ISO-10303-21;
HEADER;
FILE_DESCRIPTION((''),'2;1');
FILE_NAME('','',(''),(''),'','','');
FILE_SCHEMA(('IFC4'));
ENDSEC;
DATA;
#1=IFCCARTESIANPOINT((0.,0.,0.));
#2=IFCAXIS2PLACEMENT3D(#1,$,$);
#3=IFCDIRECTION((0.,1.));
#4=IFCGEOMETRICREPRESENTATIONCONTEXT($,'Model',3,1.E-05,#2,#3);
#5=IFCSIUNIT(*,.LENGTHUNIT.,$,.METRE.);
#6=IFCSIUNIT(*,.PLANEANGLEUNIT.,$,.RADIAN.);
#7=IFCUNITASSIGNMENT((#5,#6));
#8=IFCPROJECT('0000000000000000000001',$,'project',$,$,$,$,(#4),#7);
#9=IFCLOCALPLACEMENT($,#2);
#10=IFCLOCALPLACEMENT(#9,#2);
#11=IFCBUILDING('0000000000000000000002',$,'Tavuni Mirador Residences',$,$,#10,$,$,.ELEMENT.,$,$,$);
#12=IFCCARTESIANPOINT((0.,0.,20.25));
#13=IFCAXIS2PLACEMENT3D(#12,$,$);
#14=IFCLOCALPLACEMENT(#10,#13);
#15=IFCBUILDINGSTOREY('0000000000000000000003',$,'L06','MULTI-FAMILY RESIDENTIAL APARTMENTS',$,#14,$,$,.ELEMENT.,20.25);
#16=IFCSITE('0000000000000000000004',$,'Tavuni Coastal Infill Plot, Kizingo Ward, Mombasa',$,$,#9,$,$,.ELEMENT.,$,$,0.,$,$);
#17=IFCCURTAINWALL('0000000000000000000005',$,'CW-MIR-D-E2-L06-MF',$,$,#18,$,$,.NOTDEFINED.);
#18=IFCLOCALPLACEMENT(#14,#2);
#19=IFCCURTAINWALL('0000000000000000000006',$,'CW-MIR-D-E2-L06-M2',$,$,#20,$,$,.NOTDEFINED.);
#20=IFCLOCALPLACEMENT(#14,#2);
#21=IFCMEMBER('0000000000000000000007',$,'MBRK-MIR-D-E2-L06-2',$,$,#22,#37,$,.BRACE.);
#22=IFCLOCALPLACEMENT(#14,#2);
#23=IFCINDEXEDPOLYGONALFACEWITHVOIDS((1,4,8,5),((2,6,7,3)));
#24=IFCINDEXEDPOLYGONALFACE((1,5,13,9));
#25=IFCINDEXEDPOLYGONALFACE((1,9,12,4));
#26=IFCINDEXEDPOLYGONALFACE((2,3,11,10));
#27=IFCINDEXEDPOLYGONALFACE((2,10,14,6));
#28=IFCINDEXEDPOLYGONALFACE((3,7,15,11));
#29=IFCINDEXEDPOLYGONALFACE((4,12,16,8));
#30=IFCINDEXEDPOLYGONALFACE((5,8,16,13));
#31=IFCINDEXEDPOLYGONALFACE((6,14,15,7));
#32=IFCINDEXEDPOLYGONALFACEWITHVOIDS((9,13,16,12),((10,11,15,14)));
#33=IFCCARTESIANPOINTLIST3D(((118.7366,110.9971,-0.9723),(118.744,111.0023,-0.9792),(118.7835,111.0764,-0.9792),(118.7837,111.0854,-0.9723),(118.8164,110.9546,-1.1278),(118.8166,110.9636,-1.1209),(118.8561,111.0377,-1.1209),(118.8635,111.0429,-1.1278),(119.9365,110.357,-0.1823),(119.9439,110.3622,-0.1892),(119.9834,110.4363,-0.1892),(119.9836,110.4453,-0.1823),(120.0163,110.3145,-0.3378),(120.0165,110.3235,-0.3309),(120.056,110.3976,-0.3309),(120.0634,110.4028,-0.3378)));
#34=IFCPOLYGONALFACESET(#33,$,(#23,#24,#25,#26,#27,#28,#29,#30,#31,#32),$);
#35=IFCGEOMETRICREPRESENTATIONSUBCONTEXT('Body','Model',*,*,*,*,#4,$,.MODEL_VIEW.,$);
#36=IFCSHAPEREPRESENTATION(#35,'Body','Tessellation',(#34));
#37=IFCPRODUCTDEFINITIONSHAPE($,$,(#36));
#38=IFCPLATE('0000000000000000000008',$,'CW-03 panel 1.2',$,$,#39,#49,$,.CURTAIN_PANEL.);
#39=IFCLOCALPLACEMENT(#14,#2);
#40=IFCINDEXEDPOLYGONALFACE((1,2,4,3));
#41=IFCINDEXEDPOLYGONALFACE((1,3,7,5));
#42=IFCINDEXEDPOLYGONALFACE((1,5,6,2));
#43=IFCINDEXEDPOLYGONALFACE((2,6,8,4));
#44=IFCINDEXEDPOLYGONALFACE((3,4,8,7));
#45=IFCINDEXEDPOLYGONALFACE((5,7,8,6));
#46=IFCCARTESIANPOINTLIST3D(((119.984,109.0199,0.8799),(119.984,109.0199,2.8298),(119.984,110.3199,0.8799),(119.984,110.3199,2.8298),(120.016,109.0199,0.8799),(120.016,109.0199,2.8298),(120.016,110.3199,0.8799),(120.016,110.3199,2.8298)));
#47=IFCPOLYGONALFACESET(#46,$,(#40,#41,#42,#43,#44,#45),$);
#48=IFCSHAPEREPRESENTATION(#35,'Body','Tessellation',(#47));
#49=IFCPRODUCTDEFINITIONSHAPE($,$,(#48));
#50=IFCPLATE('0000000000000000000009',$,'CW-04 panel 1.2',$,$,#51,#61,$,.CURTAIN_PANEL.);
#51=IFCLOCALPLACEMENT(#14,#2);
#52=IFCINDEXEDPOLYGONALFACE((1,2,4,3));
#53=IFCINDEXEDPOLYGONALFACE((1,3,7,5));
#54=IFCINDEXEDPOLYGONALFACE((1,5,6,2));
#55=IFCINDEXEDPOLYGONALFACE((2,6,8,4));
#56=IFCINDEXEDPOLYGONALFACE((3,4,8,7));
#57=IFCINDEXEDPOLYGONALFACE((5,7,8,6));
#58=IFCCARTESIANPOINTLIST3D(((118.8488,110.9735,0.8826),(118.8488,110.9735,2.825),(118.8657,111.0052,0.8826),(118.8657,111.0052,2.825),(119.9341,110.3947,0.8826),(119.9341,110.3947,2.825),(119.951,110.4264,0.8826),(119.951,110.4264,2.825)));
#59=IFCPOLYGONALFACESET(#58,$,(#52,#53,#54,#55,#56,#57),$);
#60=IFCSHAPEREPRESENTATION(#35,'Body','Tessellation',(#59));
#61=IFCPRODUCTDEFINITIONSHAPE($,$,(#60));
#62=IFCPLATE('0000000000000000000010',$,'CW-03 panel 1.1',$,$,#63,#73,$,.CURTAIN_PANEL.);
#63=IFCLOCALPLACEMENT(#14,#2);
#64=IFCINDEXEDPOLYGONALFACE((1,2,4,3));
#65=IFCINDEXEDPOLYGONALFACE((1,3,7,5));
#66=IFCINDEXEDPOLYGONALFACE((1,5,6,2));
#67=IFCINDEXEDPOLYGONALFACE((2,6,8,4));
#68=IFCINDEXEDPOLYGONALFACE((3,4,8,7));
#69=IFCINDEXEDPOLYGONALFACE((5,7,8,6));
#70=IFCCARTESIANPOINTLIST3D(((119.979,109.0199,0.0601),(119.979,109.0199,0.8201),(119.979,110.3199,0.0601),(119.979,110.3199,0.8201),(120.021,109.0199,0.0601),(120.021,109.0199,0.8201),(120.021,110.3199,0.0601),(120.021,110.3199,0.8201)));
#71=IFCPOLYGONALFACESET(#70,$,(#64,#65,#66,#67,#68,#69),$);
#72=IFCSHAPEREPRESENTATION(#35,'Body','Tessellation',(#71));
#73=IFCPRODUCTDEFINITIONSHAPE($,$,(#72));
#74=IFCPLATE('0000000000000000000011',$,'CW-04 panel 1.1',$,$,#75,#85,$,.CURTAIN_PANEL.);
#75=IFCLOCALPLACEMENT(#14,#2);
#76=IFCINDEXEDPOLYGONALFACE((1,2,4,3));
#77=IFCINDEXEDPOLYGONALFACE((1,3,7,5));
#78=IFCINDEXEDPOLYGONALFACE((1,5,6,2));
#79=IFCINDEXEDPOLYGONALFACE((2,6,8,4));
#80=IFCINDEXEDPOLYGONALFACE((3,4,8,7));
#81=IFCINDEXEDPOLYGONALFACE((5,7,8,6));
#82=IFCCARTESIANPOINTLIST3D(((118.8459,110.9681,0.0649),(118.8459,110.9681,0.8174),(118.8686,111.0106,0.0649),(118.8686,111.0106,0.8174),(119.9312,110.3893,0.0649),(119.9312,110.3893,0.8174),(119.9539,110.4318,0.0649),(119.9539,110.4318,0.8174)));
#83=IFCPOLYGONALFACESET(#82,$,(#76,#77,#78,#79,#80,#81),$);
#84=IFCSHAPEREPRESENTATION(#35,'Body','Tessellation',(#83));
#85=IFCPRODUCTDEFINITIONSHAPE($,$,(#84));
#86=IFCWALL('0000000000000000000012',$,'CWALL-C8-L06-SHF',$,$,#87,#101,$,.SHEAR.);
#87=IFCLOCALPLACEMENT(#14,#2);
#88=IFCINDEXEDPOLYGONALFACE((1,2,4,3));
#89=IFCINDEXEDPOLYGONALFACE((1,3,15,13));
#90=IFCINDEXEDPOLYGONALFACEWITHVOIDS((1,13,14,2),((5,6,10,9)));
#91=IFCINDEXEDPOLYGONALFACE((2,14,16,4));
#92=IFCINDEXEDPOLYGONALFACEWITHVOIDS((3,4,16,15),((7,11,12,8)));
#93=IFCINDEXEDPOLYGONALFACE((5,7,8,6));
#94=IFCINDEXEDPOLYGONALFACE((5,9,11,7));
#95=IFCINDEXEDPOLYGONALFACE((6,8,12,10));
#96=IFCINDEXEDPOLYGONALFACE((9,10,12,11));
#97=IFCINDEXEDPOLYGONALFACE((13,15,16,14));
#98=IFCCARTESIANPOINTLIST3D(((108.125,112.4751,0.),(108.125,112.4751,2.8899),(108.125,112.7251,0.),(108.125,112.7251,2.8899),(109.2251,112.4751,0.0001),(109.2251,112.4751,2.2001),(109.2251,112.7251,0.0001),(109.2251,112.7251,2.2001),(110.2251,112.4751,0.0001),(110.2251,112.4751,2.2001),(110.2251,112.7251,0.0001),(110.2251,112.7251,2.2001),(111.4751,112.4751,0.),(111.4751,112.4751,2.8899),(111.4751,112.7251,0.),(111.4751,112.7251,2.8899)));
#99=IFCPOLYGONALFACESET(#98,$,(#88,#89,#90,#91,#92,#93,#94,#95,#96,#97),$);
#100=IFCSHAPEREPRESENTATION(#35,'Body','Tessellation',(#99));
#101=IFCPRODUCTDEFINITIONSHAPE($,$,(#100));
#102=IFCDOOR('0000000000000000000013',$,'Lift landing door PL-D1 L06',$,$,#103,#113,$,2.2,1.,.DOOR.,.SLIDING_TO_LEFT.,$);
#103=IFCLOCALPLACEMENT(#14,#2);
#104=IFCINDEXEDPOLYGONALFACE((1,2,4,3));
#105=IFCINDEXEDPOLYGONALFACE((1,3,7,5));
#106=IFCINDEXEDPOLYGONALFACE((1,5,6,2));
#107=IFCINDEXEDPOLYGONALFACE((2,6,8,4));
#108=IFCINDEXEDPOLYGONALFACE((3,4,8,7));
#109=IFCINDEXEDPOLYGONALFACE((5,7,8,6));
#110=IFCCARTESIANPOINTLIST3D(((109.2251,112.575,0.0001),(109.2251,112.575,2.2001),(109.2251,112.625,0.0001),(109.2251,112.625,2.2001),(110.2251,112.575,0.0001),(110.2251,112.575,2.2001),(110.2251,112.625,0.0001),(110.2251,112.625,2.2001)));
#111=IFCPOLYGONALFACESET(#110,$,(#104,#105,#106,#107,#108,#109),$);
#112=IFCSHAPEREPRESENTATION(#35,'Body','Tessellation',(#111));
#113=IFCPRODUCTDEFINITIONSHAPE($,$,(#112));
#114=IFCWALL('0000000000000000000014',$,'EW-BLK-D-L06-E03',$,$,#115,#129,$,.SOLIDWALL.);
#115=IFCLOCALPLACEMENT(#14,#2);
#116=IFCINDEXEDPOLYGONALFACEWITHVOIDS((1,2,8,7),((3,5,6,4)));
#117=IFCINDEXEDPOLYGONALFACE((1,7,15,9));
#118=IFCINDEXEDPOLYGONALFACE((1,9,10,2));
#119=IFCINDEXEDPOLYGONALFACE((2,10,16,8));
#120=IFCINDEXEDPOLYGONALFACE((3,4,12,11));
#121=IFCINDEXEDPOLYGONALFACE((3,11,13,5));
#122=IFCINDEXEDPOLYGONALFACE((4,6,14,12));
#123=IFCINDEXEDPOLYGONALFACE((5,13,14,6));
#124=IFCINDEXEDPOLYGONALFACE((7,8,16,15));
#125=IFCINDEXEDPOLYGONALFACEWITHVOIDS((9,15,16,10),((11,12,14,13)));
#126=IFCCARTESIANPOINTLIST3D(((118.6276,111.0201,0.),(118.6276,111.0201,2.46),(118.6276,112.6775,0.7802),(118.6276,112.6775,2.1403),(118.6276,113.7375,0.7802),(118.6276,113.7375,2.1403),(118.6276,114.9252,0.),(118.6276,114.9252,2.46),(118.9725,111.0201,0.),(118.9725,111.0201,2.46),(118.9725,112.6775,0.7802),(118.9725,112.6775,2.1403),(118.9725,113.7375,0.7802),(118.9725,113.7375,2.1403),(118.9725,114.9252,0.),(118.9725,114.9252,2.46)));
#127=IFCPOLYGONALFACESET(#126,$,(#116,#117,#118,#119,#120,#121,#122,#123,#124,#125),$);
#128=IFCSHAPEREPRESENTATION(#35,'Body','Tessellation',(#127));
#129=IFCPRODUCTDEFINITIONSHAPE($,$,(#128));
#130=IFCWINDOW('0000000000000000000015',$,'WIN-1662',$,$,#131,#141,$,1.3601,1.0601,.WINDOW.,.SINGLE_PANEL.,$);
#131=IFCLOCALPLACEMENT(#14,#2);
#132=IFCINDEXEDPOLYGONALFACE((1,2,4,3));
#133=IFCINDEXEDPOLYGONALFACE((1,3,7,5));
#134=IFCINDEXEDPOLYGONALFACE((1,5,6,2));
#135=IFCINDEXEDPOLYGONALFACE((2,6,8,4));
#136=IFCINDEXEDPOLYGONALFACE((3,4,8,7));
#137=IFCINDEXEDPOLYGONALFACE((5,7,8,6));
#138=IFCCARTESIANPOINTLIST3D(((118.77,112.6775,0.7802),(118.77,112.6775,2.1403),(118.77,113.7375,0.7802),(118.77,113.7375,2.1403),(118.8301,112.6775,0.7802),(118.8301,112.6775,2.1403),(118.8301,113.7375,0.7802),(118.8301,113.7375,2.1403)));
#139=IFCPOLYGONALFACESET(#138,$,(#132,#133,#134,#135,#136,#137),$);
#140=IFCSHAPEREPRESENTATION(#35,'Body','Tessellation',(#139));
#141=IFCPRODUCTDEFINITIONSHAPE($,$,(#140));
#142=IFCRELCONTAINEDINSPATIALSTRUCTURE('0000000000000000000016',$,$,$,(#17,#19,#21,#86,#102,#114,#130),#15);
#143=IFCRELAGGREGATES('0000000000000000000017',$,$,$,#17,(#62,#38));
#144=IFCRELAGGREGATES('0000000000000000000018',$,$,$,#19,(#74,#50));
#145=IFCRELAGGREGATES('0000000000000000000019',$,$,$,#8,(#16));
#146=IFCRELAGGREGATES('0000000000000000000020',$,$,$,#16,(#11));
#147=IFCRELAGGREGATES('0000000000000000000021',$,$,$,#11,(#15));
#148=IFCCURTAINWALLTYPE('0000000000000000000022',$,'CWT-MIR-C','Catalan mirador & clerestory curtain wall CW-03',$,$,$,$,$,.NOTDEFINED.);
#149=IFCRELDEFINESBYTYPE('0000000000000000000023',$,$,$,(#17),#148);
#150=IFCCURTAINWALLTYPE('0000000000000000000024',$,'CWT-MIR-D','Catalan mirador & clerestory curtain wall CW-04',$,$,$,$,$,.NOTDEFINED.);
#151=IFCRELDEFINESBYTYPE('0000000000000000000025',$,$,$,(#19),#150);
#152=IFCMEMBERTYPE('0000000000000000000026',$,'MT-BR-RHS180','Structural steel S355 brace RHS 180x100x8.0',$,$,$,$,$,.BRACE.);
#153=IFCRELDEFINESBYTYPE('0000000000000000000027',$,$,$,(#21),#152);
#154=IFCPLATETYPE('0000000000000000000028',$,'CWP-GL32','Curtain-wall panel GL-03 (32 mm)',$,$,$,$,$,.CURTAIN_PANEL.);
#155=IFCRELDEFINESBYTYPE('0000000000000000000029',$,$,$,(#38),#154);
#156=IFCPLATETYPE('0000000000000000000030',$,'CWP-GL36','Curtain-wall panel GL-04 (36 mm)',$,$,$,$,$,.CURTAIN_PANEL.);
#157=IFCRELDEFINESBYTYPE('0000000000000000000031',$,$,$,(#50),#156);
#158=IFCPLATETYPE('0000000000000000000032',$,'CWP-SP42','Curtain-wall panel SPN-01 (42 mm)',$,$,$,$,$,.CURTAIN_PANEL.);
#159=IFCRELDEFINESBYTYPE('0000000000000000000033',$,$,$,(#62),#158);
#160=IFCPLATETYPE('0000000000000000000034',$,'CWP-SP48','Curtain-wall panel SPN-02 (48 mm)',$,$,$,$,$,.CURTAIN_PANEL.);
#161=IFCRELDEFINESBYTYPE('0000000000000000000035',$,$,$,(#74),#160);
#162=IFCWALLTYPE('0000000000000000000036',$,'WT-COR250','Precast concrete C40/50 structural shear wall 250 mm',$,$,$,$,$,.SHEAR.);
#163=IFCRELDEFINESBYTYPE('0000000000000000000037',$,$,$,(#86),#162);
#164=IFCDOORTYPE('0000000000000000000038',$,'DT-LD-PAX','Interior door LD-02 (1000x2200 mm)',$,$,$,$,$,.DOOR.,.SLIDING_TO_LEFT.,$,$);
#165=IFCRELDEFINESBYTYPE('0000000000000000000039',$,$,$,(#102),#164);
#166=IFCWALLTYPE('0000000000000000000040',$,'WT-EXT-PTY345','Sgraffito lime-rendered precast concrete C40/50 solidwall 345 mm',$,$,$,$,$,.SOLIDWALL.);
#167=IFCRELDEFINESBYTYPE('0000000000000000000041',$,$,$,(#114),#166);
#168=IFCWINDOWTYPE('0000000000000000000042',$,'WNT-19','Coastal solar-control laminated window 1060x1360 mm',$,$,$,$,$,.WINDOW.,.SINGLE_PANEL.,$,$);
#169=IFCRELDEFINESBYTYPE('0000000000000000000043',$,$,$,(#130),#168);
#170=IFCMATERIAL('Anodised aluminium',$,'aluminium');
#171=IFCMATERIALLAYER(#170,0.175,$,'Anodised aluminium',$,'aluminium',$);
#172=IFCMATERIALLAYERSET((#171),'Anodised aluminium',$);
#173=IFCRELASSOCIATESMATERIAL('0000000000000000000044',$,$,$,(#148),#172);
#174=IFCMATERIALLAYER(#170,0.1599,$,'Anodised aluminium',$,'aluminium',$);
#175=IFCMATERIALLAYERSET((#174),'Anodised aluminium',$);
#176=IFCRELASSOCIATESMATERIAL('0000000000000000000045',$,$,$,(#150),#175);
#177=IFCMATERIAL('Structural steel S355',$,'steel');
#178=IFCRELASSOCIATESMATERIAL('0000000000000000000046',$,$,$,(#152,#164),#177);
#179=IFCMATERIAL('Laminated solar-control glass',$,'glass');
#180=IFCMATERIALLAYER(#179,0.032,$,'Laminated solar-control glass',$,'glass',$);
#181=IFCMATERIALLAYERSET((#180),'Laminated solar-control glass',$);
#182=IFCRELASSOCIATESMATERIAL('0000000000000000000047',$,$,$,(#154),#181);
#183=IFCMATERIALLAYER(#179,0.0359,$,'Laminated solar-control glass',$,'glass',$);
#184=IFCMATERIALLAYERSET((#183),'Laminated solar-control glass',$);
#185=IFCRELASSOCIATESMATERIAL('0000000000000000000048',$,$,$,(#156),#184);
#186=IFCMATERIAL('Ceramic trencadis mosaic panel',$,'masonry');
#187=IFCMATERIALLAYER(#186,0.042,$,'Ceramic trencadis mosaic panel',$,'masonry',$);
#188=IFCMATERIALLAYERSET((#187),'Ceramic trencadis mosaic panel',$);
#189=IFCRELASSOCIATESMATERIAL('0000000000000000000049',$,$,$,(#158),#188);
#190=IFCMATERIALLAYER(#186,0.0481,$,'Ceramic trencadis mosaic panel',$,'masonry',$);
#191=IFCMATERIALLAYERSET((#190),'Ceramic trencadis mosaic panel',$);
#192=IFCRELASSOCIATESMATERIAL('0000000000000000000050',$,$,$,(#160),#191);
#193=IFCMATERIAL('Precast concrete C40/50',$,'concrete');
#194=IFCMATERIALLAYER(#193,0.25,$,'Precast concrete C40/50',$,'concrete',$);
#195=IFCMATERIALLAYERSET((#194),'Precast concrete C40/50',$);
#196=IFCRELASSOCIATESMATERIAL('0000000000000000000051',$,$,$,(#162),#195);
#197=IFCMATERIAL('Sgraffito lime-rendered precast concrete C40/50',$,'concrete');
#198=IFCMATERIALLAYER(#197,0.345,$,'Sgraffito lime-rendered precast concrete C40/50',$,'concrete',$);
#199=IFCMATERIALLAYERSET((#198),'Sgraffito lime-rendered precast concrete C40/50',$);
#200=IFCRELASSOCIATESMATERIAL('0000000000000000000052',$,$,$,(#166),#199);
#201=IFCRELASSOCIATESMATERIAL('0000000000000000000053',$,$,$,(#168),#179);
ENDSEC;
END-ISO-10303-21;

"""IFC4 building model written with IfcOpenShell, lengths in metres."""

from ifc_helpers import new_model, si_unit, direction, frame, frame_2d, origin, origin_2d, place, context, subcontext, project, spatial, rectangle, hollow_rectangle, extrude, material, layer, layer_set, material_profile, profile_set, type_object, element, fill, aggregate, save


model = new_model("IFC4")

# Units and contexts
model_context = context("Model", 3, precision=1e-05, world=origin(), true_north=direction((0.0, 1.0)))
body_context = subcontext(model_context, "Body", "Model", "MODEL_VIEW")
ifc_project = project(units=[si_unit("LENGTHUNIT", "METRE"), si_unit("PLANEANGLEUNIT", "RADIAN")], contexts=[model_context])

# Site, building, storey
site_placement = place(None, origin())
site = spatial("IfcSite", under=ifc_project, at=site_placement, Name="Tavuni Coastal Infill Plot, Kizingo Ward, Mombasa", CompositionType="ELEMENT", RefElevation=0.0)
building_placement = place(site_placement, origin())
building = spatial("IfcBuilding", under=site, at=building_placement, Name="Tavuni Mirador Residences", CompositionType="ELEMENT")
storey_placement = place(building_placement, frame((0.0, 0.0, 20.25)))
storey = spatial("IfcBuildingStorey", under=building, at=storey_placement, Name="L06", Description="MULTI-FAMILY RESIDENTIAL APARTMENTS", CompositionType="ELEMENT", Elevation=20.25)

# Shared definitions
ifc_material_1 = material(Name="Precast concrete C40/50", Category="concrete")

# Curtain wall
ifc_material_2 = material(Name="Anodised aluminium", Category="aluminium")
ifc_layer_1 = layer(ifc_material_2, 0.175, Name="Anodised aluminium", Category="aluminium")
ifc_layer_set_1 = layer_set([ifc_layer_1], Name="Anodised aluminium")
curtain_wall_type_1 = type_object("IfcCurtainWallType", Name="CWT-MIR-C", Description="Catalan mirador & clerestory curtain wall CW-03", PredefinedType="NOTDEFINED", material=ifc_layer_set_1)
curtain_wall_1_placement = place(storey_placement, origin())
curtain_wall_1 = element("IfcCurtainWall", 1, at=curtain_wall_1_placement, inside=storey, type_object=curtain_wall_type_1, Name="CW-MIR-D-E2-L06-MF", PredefinedType="NOTDEFINED")

# Curtain wall
ifc_layer_2 = layer(ifc_material_2, 0.1599, Name="Anodised aluminium", Category="aluminium")
ifc_layer_set_2 = layer_set([ifc_layer_2], Name="Anodised aluminium")
curtain_wall_type_2 = type_object("IfcCurtainWallType", Name="CWT-MIR-D", Description="Catalan mirador & clerestory curtain wall CW-04", PredefinedType="NOTDEFINED", material=ifc_layer_set_2)
curtain_wall_2_placement = place(storey_placement, origin())
curtain_wall_2 = element("IfcCurtainWall", 2, at=curtain_wall_2_placement, inside=storey, type_object=curtain_wall_type_2, Name="CW-MIR-D-E2-L06-M2", PredefinedType="NOTDEFINED")

# Member
ifc_material_3 = material(Name="Structural steel S355", Category="steel")
ifc_material_profile_1 = material_profile(ifc_material_3, hollow_rectangle(XDim=0.1001, YDim=0.1799, WallThickness=0.0081, at=origin_2d()), Name="RHS 180x100x8.0", Category="steel")
ifc_profile_set_1 = profile_set([ifc_material_profile_1], Name="Structural steel S355")
member_type_1 = type_object("IfcMemberType", Name="MT-BR-RHS180", Description="Structural steel S355 brace RHS 180x100x8.0", PredefinedType="BRACE", material=ifc_profile_set_1)
member_1_placement = place(storey_placement, frame((118.8, 111.02, -1.05), z_axis=(0.762921, -0.406995, 0.502302), x_axis=(0.470681, 0.882303, 0.0)))
element("IfcMember", 3, at=member_1_placement, inside=storey, type_object=member_type_1, Name="MBRK-MIR-D-E2-L06-2", PredefinedType="BRACE", context=body_context, shape_type="SweptSolid", body=[
    extrude(hollow_rectangle(XDim=0.1001, YDim=0.1799, WallThickness=0.0081, at=origin_2d()), origin(), (0.0, 0.0, 1.0), 1.5728),
])

# Plates
ifc_material_4 = material(Name="Laminated solar-control glass", Category="glass")
ifc_layer_3 = layer(ifc_material_4, 0.032, Name="Laminated solar-control glass", Category="glass")
ifc_layer_set_3 = layer_set([ifc_layer_3], Name="Laminated solar-control glass")
plate_type_1 = type_object("IfcPlateType", Name="CWP-GL32", Description="Curtain-wall panel GL-03 (32 mm)", PredefinedType="CURTAIN_PANEL", material=ifc_layer_set_3)
plate_1_placement = place(storey_placement, frame((120.0, 109.6699, 0.8799), z_axis=(0.0, 0.0, 1.0), x_axis=(0.0, 1.0, 0.0)))
plate_1 = element("IfcPlate", 4, at=plate_1_placement, type_object=plate_type_1, Name="CW-03 panel 1.2", PredefinedType="CURTAIN_PANEL", context=body_context, shape_type="SweptSolid", body=[
    extrude(rectangle(XDim=1.3, YDim=0.032, at=origin_2d()), origin(), (0.0, 0.0, 1.0), 1.95),
])
ifc_layer_4 = layer(ifc_material_4, 0.0359, Name="Laminated solar-control glass", Category="glass")
ifc_layer_set_4 = layer_set([ifc_layer_4], Name="Laminated solar-control glass")
plate_type_2 = type_object("IfcPlateType", Name="CWP-GL36", Description="Curtain-wall panel GL-04 (36 mm)", PredefinedType="CURTAIN_PANEL", material=ifc_layer_set_4)
plate_2_placement = place(storey_placement, frame((119.3999, 110.7, 0.8826), z_axis=(0.0, 0.0, 1.0), x_axis=(-0.882353, 0.470588, 0.0)))
plate_2 = element("IfcPlate", 5, at=plate_2_placement, type_object=plate_type_2, Name="CW-04 panel 1.2", PredefinedType="CURTAIN_PANEL", context=body_context, shape_type="SweptSolid", body=[
    extrude(rectangle(XDim=1.23, YDim=0.0359, at=origin_2d()), origin(), (0.0, 0.0, 1.0), 1.9424),
])
ifc_material_5 = material(Name="Ceramic trencadis mosaic panel", Category="masonry")
ifc_layer_5 = layer(ifc_material_5, 0.042, Name="Ceramic trencadis mosaic panel", Category="masonry")
ifc_layer_set_5 = layer_set([ifc_layer_5], Name="Ceramic trencadis mosaic panel")
plate_type_3 = type_object("IfcPlateType", Name="CWP-SP42", Description="Curtain-wall panel SPN-01 (42 mm)", PredefinedType="CURTAIN_PANEL", material=ifc_layer_set_5)
plate_3_placement = place(storey_placement, frame((120.0, 109.6699, 0.0601), z_axis=(0.0, 0.0, 1.0), x_axis=(0.0, 1.0, 0.0)))
plate_3 = element("IfcPlate", 6, at=plate_3_placement, type_object=plate_type_3, Name="CW-03 panel 1.1", PredefinedType="CURTAIN_PANEL", context=body_context, shape_type="SweptSolid", body=[
    extrude(rectangle(XDim=1.3, YDim=0.042, at=origin_2d()), origin(), (0.0, 0.0, 1.0), 0.76),
])
aggregate(curtain_wall_1, [plate_3, plate_1])
ifc_layer_6 = layer(ifc_material_5, 0.0481, Name="Ceramic trencadis mosaic panel", Category="masonry")
ifc_layer_set_6 = layer_set([ifc_layer_6], Name="Ceramic trencadis mosaic panel")
plate_type_4 = type_object("IfcPlateType", Name="CWP-SP48", Description="Curtain-wall panel SPN-02 (48 mm)", PredefinedType="CURTAIN_PANEL", material=ifc_layer_set_6)
plate_4_placement = place(storey_placement, frame((119.3999, 110.7, 0.0649), z_axis=(0.0, 0.0, 1.0), x_axis=(-0.882353, 0.470588, 0.0)))
plate_4 = element("IfcPlate", 7, at=plate_4_placement, type_object=plate_type_4, Name="CW-04 panel 1.1", PredefinedType="CURTAIN_PANEL", context=body_context, shape_type="SweptSolid", body=[
    extrude(rectangle(XDim=1.23, YDim=0.0481, at=origin_2d()), origin(), (0.0, 0.0, 1.0), 0.7524),
])
aggregate(curtain_wall_2, [plate_4, plate_2])

# Wall, opening, door
ifc_layer_7 = layer(ifc_material_1, 0.25, Name="Precast concrete C40/50", Category="concrete")
ifc_layer_set_7 = layer_set([ifc_layer_7], Name="Precast concrete C40/50")
wall_type_1 = type_object("IfcWallType", Name="WT-COR250", Description="Precast concrete C40/50 structural shear wall 250 mm", PredefinedType="SHEAR", material=ifc_layer_set_7)
wall_1_placement = place(storey_placement, frame((108.125, 112.6001, 0.0), z_axis=(0.0, 0.0, 1.0), x_axis=(1.0, 0.0, 0.0)))
wall_1 = element("IfcWall", 8, at=wall_1_placement, inside=storey, type_object=wall_type_1, Name="CWALL-C8-L06-SHF", PredefinedType="SHEAR", context=body_context, shape_type="SweptSolid", body=[
    extrude(rectangle(XDim=3.3501, YDim=0.25, at=frame_2d((1.675, 0.0))), origin(), (0.0, 0.0, 1.0), 2.8899),
])
opening_1_placement = place(wall_1_placement, frame((1.1001, 0.0, 0.0)))
opening_1 = element("IfcOpeningElement", 9, at=opening_1_placement, cuts=wall_1, PredefinedType="OPENING", context=body_context, shape_type="SweptSolid", body=[
    extrude(rectangle(XDim=1.0, YDim=2.2, at=frame_2d((0.5, 1.1001))), frame((0.0, 0.135, 0.0), z_axis=(0.0, -1.0, 0.0), x_axis=(1.0, 0.0, 0.0)), (0.0, 0.0, 1.0), 0.27),
])
door_type_1 = type_object("IfcDoorType", Name="DT-LD-PAX", Description="Interior door LD-02 (1000x2200 mm)", OperationType="SLIDING_TO_LEFT", PredefinedType="DOOR", material=ifc_material_3)
door_1_placement = place(opening_1_placement, origin())
door_1 = element("IfcDoor", 10, at=door_1_placement, inside=storey, type_object=door_type_1, Name="Lift landing door PL-D1 L06", OperationType="SLIDING_TO_LEFT", OverallHeight=2.2, OverallWidth=1.0, PredefinedType="DOOR", context=body_context, shape_type="SweptSolid", body=[
    extrude(rectangle(XDim=1.0, YDim=2.2, at=frame_2d((0.5, 1.1001))), frame((0.0, 0.0249, 0.0), z_axis=(0.0, -1.0, 0.0), x_axis=(1.0, 0.0, 0.0)), (0.0, 0.0, 1.0), 0.05),
])
fill(opening_1, door_1)

# Wall, opening, window
ifc_material_6 = material(Name="Sgraffito lime-rendered precast concrete C40/50", Category="concrete")
ifc_layer_8 = layer(ifc_material_6, 0.345, Name="Sgraffito lime-rendered precast concrete C40/50", Category="concrete")
ifc_layer_set_8 = layer_set([ifc_layer_8], Name="Sgraffito lime-rendered precast concrete C40/50")
wall_type_2 = type_object("IfcWallType", Name="WT-EXT-PTY345", Description="Sgraffito lime-rendered precast concrete C40/50 solidwall 345 mm", PredefinedType="SOLIDWALL", material=ifc_layer_set_8)
wall_2_placement = place(storey_placement, frame((118.8, 111.02, 0.0), z_axis=(0.0, 0.0, 1.0), x_axis=(0.0, 1.0, 0.0)))
wall_2 = element("IfcWall", 11, at=wall_2_placement, inside=storey, type_object=wall_type_2, Name="EW-BLK-D-L06-E03", PredefinedType="SOLIDWALL", context=body_context, shape_type="SweptSolid", body=[
    extrude(rectangle(XDim=3.905, YDim=0.345, at=frame_2d((1.9526, 0.0))), origin(), (0.0, 0.0, 1.0), 2.46),
])
opening_2_placement = place(wall_2_placement, frame((1.6575, 0.0, 0.78)))
opening_2 = element("IfcOpeningElement", 12, at=opening_2_placement, cuts=wall_2, PredefinedType="OPENING", context=body_context, shape_type="SweptSolid", body=[
    extrude(rectangle(XDim=1.0601, YDim=1.3601, at=frame_2d((0.53, 0.6802))), frame((0.0, 0.1826, 0.0), z_axis=(0.0, -1.0, 0.0), x_axis=(1.0, 0.0, 0.0)), (0.0, 0.0, 1.0), 0.365),
])
window_type = type_object("IfcWindowType", Name="WNT-19", Description="Coastal solar-control laminated window 1060x1360 mm", PartitioningType="SINGLE_PANEL", PredefinedType="WINDOW", material=ifc_material_4)
window_placement = place(opening_2_placement, origin())
window = element("IfcWindow", 13, at=window_placement, inside=storey, type_object=window_type, Name="WIN-1662", OverallHeight=1.3601, OverallWidth=1.0601, PartitioningType="SINGLE_PANEL", PredefinedType="WINDOW", context=body_context, shape_type="SweptSolid", body=[
    extrude(rectangle(XDim=1.0601, YDim=1.3601, at=frame_2d((0.53, 0.6802))), frame((0.0, 0.03, 0.0), z_axis=(0.0, -1.0, 0.0), x_axis=(1.0, 0.0, 0.0)), (0.0, 0.0, 1.0), 0.0601),
])
fill(opening_2, window)

save(model, "model.ifc")
